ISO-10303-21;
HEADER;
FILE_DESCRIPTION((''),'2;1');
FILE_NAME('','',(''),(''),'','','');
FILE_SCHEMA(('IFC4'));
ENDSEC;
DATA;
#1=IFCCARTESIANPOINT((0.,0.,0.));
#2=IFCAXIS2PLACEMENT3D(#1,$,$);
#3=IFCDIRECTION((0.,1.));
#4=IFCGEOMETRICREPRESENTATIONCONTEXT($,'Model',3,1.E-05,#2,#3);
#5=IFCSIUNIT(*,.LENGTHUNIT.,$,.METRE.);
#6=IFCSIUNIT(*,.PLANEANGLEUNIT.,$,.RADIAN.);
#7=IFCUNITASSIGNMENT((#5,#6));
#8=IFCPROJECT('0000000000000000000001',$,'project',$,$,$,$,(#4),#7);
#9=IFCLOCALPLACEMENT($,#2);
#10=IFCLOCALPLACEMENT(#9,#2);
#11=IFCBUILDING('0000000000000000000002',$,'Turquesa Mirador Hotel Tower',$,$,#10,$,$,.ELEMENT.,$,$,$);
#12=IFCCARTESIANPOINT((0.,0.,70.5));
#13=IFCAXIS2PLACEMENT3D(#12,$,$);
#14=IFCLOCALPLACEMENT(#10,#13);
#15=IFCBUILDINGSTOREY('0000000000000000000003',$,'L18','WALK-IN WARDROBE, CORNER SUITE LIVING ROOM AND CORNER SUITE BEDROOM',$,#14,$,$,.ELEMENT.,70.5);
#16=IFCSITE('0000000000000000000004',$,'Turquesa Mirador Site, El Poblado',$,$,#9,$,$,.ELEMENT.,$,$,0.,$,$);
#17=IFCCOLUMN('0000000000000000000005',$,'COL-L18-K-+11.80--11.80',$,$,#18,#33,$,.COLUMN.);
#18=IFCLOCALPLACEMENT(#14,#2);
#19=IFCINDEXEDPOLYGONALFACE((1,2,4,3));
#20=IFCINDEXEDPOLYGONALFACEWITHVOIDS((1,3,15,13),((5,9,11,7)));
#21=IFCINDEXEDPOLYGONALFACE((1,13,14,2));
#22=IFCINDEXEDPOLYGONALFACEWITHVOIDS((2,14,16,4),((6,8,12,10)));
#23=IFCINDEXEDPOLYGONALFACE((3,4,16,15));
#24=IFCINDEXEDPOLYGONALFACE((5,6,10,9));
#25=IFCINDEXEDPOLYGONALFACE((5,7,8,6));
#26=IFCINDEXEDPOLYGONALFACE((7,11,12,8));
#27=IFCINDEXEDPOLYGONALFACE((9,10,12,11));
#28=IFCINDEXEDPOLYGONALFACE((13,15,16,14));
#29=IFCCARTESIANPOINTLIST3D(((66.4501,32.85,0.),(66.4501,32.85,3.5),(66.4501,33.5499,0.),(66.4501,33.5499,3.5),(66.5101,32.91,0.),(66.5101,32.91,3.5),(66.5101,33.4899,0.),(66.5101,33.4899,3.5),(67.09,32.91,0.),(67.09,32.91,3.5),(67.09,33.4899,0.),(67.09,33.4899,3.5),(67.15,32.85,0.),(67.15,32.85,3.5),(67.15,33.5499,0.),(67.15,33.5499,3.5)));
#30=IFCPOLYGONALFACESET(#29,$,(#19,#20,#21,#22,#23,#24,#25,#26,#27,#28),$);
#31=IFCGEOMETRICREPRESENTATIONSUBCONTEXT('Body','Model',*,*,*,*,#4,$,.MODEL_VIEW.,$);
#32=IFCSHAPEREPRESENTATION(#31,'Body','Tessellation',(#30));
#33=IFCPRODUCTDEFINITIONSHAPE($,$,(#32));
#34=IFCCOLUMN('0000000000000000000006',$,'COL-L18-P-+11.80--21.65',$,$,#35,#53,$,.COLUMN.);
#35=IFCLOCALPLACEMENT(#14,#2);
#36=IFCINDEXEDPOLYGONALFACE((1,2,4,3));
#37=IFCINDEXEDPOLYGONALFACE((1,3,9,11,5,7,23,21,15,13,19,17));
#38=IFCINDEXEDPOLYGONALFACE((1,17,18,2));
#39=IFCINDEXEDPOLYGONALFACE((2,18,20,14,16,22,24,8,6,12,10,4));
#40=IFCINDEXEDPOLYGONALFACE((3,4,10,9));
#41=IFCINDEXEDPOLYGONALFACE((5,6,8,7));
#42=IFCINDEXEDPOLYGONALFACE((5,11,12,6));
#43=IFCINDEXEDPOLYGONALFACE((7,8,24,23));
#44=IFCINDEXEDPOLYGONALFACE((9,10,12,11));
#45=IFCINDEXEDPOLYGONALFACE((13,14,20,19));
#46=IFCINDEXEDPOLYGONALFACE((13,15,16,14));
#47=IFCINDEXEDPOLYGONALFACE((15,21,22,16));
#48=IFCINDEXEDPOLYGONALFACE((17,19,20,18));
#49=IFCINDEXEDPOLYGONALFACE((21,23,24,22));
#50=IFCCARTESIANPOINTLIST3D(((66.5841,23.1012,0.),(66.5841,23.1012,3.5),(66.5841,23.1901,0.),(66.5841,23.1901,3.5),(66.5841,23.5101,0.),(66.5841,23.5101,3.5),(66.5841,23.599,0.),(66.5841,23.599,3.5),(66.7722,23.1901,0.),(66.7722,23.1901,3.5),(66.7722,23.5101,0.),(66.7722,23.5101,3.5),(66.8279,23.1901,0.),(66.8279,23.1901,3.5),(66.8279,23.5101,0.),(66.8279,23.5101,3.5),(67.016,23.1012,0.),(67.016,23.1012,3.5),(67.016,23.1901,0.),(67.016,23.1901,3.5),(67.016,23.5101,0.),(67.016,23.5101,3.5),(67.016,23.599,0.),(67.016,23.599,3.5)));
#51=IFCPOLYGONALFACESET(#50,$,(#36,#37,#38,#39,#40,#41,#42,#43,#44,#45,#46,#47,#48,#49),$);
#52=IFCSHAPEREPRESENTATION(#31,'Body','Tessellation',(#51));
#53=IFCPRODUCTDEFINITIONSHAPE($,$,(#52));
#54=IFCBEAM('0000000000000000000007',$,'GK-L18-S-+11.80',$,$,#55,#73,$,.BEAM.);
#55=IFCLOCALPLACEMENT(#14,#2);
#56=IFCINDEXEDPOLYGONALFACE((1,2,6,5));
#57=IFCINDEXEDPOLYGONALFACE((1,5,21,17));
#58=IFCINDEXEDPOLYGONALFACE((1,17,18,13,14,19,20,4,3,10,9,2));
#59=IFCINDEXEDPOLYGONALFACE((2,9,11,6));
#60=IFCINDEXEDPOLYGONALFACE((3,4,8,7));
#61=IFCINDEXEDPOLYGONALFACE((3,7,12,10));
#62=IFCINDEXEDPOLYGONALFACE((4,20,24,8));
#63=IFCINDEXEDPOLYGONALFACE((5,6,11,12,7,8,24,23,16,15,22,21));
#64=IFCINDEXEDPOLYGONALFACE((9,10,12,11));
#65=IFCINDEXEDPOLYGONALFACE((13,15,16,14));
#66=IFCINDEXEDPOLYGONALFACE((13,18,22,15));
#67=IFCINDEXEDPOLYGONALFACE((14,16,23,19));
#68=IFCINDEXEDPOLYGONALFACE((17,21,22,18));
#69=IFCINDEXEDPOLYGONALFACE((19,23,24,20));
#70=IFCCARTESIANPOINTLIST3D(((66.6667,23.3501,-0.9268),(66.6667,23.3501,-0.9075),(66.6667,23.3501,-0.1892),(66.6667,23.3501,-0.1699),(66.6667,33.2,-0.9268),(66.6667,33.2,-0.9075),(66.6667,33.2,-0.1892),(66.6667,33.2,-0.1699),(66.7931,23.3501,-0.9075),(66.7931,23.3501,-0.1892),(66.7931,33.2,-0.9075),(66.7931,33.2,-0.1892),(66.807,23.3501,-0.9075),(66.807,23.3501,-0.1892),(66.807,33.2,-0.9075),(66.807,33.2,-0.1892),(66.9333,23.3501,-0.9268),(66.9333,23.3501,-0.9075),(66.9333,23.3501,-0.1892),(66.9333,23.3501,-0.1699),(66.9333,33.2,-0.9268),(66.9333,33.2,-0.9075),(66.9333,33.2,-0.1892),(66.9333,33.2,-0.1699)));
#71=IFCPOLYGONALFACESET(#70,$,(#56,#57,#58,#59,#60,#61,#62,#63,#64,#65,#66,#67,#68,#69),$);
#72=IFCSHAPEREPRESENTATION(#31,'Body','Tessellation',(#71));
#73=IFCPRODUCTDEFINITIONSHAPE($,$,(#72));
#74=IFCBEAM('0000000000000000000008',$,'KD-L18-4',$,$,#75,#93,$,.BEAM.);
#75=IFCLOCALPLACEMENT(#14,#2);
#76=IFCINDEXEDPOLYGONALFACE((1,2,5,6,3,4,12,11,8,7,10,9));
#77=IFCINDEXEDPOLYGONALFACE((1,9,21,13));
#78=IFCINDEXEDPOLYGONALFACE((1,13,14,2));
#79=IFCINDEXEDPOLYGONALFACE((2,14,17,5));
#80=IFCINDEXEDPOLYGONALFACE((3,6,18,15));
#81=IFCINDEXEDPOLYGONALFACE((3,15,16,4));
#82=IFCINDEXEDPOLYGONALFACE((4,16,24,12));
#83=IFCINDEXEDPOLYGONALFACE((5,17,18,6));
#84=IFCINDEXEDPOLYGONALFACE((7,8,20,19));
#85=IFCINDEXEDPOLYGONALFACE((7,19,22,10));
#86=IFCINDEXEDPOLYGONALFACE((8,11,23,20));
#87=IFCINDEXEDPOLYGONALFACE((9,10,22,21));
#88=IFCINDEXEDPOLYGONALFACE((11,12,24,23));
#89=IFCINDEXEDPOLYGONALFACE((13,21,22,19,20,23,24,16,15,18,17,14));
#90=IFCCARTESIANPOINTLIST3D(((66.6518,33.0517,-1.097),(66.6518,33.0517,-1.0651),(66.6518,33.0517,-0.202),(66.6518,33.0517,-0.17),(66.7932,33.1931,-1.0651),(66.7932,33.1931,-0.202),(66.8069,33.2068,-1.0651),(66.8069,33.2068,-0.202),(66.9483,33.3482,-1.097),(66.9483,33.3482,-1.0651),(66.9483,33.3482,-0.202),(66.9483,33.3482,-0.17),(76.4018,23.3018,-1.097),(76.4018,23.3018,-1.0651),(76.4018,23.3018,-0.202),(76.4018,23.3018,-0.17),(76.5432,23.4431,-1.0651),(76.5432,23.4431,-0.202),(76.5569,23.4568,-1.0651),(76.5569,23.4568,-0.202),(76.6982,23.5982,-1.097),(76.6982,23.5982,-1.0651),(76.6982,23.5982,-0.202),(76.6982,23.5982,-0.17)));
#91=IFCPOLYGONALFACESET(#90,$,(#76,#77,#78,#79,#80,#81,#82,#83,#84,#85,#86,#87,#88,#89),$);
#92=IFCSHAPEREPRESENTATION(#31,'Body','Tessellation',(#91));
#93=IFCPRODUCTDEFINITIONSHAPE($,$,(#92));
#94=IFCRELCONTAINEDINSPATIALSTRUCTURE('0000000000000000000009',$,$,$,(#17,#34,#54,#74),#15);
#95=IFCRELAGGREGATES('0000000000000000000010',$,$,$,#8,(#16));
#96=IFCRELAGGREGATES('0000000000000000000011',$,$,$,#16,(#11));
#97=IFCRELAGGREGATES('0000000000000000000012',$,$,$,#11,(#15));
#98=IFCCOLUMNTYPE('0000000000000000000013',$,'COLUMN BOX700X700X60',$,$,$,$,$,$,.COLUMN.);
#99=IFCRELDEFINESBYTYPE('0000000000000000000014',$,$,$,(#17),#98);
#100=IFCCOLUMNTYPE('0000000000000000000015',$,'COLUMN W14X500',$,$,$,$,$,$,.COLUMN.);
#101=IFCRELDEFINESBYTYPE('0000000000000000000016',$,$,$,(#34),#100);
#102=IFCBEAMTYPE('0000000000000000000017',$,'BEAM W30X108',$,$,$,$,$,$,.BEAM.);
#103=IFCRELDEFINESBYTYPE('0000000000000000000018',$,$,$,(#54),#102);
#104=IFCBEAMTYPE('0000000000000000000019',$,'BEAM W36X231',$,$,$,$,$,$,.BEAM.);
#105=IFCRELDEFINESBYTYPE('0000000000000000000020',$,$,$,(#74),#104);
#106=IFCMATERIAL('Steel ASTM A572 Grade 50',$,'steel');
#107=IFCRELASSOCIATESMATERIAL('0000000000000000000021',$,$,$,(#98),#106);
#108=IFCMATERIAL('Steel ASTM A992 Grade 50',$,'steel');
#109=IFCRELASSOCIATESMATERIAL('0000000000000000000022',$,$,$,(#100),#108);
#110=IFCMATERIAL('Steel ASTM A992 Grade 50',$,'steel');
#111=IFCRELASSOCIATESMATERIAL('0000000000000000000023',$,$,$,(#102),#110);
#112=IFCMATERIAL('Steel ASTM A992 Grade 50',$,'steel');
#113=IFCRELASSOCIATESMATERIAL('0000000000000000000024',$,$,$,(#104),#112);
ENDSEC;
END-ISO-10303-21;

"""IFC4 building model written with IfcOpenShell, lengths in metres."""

from ifc_helpers import new_model, si_unit, direction, frame, origin, origin_2d, place, context, subcontext, project, spatial, hollow_rectangle, i_section, extrude, material, material_profile, profile_set, type_object, element, save


model = new_model("IFC4")

# Units and contexts
model_context = context("Model", 3, precision=1e-05, world=origin(), true_north=direction((0.0, 1.0)))
body_context = subcontext(model_context, "Body", "Model", "MODEL_VIEW")
ifc_project = project(units=[si_unit("LENGTHUNIT", "METRE"), si_unit("PLANEANGLEUNIT", "RADIAN")], contexts=[model_context])

# Site, building, storey
site_placement = place(None, origin())
site = spatial("IfcSite", under=ifc_project, at=site_placement, Name="Turquesa Mirador Site, El Poblado", CompositionType="ELEMENT", RefElevation=0.0)
building_placement = place(site_placement, origin())
building = spatial("IfcBuilding", under=site, at=building_placement, Name="Turquesa Mirador Hotel Tower", CompositionType="ELEMENT")
storey_placement = place(building_placement, frame((0.0, 0.0, 70.5)))
storey = spatial("IfcBuildingStorey", under=building, at=storey_placement, Name="L18", Description="WALK-IN WARDROBE, CORNER SUITE LIVING ROOM AND CORNER SUITE BEDROOM", CompositionType="ELEMENT", Elevation=70.5)

# Columns
ifc_material_1 = material(Name="Steel ASTM A572 Grade 50", Category="steel")
ifc_material_profile_1 = material_profile(ifc_material_1, hollow_rectangle(XDim=0.7, YDim=0.7, WallThickness=0.0601, at=origin_2d()), Name="BOX700X700X60")
ifc_profile_set_1 = profile_set([ifc_material_profile_1], Name="Steel ASTM A572 Grade 50")
column_type_1 = type_object("IfcColumnType", Name="COLUMN BOX700X700X60", PredefinedType="COLUMN", material=ifc_profile_set_1)
column_1_placement = place(storey_placement, frame((66.8, 33.2, 0.0), z_axis=(0.0, 0.0, 1.0), x_axis=(1.0, 0.0, 0.0)))
element("IfcColumn", 1, at=column_1_placement, inside=storey, type_object=column_type_1, Name="COL-L18-K-+11.80--11.80", PredefinedType="COLUMN", context=body_context, shape_type="SweptSolid", body=[
    extrude(hollow_rectangle(XDim=0.7, YDim=0.7, WallThickness=0.0601, at=origin_2d()), origin(), (0.0, 0.0, 1.0), 3.5),
])
ifc_material_2 = material(Name="Steel ASTM A992 Grade 50", Category="steel")
ifc_material_profile_2 = material_profile(ifc_material_2, i_section(OverallWidth=0.4319, OverallDepth=0.4978, WebThickness=0.0557, FlangeThickness=0.0889, at=origin_2d()), Name="W14X500")
ifc_profile_set_2 = profile_set([ifc_material_profile_2], Name="Steel ASTM A992 Grade 50")
column_type_2 = type_object("IfcColumnType", Name="COLUMN W14X500", PredefinedType="COLUMN", material=ifc_profile_set_2)
column_2_placement = place(storey_placement, frame((66.8, 23.3501, 0.0), z_axis=(0.0, 0.0, 1.0), x_axis=(1.0, 0.0, 0.0)))
element("IfcColumn", 2, at=column_2_placement, inside=storey, type_object=column_type_2, Name="COL-L18-P-+11.80--21.65", PredefinedType="COLUMN", context=body_context, shape_type="SweptSolid", body=[
    extrude(i_section(OverallWidth=0.4319, OverallDepth=0.4978, WebThickness=0.0557, FlangeThickness=0.0889, at=origin_2d()), origin(), (0.0, 0.0, 1.0), 3.5),
])

# Beams
ifc_material_3 = material(Name="Steel ASTM A992 Grade 50", Category="steel")
ifc_material_profile_3 = material_profile(ifc_material_3, i_section(OverallWidth=0.2666, OverallDepth=0.7568, WebThickness=0.0139, FlangeThickness=0.0193, at=origin_2d()), Name="W30X108")
ifc_profile_set_3 = profile_set([ifc_material_profile_3], Name="Steel ASTM A992 Grade 50")
beam_type_1 = type_object("IfcBeamType", Name="BEAM W30X108", PredefinedType="BEAM", material=ifc_profile_set_3)
beam_1_placement = place(storey_placement, frame((66.8, 23.3501, -0.5483), z_axis=(0.0, 1.0, 0.0), x_axis=(-1.0, 0.0, 0.0)))
element("IfcBeam", 3, at=beam_1_placement, inside=storey, type_object=beam_type_1, Name="GK-L18-S-+11.80", PredefinedType="BEAM", context=body_context, shape_type="SweptSolid", body=[
    extrude(i_section(OverallWidth=0.2666, OverallDepth=0.7568, WebThickness=0.0139, FlangeThickness=0.0193, at=origin_2d()), origin(), (0.0, 0.0, 1.0), 9.8499),
])
ifc_material_4 = material(Name="Steel ASTM A992 Grade 50", Category="steel")
ifc_material_profile_4 = material_profile(ifc_material_4, i_section(OverallWidth=0.4192, OverallDepth=0.927, WebThickness=0.0193, FlangeThickness=0.032, at=origin_2d()), Name="W36X231")
ifc_profile_set_4 = profile_set([ifc_material_profile_4], Name="Steel ASTM A992 Grade 50")
beam_type_2 = type_object("IfcBeamType", Name="BEAM W36X231", PredefinedType="BEAM", material=ifc_profile_set_4)
beam_2_placement = place(storey_placement, frame((66.8, 33.2, -0.6335), z_axis=(0.707107, -0.707107, 0.0), x_axis=(0.707107, 0.707107, 0.0)))
element("IfcBeam", 4, at=beam_2_placement, inside=storey, type_object=beam_type_2, Name="KD-L18-4", PredefinedType="BEAM", context=body_context, shape_type="SweptSolid", body=[
    extrude(i_section(OverallWidth=0.4192, OverallDepth=0.927, WebThickness=0.0193, FlangeThickness=0.032, at=origin_2d()), origin(), (0.0, 0.0, 1.0), 13.7886),
])

save(model, "model.ifc")
